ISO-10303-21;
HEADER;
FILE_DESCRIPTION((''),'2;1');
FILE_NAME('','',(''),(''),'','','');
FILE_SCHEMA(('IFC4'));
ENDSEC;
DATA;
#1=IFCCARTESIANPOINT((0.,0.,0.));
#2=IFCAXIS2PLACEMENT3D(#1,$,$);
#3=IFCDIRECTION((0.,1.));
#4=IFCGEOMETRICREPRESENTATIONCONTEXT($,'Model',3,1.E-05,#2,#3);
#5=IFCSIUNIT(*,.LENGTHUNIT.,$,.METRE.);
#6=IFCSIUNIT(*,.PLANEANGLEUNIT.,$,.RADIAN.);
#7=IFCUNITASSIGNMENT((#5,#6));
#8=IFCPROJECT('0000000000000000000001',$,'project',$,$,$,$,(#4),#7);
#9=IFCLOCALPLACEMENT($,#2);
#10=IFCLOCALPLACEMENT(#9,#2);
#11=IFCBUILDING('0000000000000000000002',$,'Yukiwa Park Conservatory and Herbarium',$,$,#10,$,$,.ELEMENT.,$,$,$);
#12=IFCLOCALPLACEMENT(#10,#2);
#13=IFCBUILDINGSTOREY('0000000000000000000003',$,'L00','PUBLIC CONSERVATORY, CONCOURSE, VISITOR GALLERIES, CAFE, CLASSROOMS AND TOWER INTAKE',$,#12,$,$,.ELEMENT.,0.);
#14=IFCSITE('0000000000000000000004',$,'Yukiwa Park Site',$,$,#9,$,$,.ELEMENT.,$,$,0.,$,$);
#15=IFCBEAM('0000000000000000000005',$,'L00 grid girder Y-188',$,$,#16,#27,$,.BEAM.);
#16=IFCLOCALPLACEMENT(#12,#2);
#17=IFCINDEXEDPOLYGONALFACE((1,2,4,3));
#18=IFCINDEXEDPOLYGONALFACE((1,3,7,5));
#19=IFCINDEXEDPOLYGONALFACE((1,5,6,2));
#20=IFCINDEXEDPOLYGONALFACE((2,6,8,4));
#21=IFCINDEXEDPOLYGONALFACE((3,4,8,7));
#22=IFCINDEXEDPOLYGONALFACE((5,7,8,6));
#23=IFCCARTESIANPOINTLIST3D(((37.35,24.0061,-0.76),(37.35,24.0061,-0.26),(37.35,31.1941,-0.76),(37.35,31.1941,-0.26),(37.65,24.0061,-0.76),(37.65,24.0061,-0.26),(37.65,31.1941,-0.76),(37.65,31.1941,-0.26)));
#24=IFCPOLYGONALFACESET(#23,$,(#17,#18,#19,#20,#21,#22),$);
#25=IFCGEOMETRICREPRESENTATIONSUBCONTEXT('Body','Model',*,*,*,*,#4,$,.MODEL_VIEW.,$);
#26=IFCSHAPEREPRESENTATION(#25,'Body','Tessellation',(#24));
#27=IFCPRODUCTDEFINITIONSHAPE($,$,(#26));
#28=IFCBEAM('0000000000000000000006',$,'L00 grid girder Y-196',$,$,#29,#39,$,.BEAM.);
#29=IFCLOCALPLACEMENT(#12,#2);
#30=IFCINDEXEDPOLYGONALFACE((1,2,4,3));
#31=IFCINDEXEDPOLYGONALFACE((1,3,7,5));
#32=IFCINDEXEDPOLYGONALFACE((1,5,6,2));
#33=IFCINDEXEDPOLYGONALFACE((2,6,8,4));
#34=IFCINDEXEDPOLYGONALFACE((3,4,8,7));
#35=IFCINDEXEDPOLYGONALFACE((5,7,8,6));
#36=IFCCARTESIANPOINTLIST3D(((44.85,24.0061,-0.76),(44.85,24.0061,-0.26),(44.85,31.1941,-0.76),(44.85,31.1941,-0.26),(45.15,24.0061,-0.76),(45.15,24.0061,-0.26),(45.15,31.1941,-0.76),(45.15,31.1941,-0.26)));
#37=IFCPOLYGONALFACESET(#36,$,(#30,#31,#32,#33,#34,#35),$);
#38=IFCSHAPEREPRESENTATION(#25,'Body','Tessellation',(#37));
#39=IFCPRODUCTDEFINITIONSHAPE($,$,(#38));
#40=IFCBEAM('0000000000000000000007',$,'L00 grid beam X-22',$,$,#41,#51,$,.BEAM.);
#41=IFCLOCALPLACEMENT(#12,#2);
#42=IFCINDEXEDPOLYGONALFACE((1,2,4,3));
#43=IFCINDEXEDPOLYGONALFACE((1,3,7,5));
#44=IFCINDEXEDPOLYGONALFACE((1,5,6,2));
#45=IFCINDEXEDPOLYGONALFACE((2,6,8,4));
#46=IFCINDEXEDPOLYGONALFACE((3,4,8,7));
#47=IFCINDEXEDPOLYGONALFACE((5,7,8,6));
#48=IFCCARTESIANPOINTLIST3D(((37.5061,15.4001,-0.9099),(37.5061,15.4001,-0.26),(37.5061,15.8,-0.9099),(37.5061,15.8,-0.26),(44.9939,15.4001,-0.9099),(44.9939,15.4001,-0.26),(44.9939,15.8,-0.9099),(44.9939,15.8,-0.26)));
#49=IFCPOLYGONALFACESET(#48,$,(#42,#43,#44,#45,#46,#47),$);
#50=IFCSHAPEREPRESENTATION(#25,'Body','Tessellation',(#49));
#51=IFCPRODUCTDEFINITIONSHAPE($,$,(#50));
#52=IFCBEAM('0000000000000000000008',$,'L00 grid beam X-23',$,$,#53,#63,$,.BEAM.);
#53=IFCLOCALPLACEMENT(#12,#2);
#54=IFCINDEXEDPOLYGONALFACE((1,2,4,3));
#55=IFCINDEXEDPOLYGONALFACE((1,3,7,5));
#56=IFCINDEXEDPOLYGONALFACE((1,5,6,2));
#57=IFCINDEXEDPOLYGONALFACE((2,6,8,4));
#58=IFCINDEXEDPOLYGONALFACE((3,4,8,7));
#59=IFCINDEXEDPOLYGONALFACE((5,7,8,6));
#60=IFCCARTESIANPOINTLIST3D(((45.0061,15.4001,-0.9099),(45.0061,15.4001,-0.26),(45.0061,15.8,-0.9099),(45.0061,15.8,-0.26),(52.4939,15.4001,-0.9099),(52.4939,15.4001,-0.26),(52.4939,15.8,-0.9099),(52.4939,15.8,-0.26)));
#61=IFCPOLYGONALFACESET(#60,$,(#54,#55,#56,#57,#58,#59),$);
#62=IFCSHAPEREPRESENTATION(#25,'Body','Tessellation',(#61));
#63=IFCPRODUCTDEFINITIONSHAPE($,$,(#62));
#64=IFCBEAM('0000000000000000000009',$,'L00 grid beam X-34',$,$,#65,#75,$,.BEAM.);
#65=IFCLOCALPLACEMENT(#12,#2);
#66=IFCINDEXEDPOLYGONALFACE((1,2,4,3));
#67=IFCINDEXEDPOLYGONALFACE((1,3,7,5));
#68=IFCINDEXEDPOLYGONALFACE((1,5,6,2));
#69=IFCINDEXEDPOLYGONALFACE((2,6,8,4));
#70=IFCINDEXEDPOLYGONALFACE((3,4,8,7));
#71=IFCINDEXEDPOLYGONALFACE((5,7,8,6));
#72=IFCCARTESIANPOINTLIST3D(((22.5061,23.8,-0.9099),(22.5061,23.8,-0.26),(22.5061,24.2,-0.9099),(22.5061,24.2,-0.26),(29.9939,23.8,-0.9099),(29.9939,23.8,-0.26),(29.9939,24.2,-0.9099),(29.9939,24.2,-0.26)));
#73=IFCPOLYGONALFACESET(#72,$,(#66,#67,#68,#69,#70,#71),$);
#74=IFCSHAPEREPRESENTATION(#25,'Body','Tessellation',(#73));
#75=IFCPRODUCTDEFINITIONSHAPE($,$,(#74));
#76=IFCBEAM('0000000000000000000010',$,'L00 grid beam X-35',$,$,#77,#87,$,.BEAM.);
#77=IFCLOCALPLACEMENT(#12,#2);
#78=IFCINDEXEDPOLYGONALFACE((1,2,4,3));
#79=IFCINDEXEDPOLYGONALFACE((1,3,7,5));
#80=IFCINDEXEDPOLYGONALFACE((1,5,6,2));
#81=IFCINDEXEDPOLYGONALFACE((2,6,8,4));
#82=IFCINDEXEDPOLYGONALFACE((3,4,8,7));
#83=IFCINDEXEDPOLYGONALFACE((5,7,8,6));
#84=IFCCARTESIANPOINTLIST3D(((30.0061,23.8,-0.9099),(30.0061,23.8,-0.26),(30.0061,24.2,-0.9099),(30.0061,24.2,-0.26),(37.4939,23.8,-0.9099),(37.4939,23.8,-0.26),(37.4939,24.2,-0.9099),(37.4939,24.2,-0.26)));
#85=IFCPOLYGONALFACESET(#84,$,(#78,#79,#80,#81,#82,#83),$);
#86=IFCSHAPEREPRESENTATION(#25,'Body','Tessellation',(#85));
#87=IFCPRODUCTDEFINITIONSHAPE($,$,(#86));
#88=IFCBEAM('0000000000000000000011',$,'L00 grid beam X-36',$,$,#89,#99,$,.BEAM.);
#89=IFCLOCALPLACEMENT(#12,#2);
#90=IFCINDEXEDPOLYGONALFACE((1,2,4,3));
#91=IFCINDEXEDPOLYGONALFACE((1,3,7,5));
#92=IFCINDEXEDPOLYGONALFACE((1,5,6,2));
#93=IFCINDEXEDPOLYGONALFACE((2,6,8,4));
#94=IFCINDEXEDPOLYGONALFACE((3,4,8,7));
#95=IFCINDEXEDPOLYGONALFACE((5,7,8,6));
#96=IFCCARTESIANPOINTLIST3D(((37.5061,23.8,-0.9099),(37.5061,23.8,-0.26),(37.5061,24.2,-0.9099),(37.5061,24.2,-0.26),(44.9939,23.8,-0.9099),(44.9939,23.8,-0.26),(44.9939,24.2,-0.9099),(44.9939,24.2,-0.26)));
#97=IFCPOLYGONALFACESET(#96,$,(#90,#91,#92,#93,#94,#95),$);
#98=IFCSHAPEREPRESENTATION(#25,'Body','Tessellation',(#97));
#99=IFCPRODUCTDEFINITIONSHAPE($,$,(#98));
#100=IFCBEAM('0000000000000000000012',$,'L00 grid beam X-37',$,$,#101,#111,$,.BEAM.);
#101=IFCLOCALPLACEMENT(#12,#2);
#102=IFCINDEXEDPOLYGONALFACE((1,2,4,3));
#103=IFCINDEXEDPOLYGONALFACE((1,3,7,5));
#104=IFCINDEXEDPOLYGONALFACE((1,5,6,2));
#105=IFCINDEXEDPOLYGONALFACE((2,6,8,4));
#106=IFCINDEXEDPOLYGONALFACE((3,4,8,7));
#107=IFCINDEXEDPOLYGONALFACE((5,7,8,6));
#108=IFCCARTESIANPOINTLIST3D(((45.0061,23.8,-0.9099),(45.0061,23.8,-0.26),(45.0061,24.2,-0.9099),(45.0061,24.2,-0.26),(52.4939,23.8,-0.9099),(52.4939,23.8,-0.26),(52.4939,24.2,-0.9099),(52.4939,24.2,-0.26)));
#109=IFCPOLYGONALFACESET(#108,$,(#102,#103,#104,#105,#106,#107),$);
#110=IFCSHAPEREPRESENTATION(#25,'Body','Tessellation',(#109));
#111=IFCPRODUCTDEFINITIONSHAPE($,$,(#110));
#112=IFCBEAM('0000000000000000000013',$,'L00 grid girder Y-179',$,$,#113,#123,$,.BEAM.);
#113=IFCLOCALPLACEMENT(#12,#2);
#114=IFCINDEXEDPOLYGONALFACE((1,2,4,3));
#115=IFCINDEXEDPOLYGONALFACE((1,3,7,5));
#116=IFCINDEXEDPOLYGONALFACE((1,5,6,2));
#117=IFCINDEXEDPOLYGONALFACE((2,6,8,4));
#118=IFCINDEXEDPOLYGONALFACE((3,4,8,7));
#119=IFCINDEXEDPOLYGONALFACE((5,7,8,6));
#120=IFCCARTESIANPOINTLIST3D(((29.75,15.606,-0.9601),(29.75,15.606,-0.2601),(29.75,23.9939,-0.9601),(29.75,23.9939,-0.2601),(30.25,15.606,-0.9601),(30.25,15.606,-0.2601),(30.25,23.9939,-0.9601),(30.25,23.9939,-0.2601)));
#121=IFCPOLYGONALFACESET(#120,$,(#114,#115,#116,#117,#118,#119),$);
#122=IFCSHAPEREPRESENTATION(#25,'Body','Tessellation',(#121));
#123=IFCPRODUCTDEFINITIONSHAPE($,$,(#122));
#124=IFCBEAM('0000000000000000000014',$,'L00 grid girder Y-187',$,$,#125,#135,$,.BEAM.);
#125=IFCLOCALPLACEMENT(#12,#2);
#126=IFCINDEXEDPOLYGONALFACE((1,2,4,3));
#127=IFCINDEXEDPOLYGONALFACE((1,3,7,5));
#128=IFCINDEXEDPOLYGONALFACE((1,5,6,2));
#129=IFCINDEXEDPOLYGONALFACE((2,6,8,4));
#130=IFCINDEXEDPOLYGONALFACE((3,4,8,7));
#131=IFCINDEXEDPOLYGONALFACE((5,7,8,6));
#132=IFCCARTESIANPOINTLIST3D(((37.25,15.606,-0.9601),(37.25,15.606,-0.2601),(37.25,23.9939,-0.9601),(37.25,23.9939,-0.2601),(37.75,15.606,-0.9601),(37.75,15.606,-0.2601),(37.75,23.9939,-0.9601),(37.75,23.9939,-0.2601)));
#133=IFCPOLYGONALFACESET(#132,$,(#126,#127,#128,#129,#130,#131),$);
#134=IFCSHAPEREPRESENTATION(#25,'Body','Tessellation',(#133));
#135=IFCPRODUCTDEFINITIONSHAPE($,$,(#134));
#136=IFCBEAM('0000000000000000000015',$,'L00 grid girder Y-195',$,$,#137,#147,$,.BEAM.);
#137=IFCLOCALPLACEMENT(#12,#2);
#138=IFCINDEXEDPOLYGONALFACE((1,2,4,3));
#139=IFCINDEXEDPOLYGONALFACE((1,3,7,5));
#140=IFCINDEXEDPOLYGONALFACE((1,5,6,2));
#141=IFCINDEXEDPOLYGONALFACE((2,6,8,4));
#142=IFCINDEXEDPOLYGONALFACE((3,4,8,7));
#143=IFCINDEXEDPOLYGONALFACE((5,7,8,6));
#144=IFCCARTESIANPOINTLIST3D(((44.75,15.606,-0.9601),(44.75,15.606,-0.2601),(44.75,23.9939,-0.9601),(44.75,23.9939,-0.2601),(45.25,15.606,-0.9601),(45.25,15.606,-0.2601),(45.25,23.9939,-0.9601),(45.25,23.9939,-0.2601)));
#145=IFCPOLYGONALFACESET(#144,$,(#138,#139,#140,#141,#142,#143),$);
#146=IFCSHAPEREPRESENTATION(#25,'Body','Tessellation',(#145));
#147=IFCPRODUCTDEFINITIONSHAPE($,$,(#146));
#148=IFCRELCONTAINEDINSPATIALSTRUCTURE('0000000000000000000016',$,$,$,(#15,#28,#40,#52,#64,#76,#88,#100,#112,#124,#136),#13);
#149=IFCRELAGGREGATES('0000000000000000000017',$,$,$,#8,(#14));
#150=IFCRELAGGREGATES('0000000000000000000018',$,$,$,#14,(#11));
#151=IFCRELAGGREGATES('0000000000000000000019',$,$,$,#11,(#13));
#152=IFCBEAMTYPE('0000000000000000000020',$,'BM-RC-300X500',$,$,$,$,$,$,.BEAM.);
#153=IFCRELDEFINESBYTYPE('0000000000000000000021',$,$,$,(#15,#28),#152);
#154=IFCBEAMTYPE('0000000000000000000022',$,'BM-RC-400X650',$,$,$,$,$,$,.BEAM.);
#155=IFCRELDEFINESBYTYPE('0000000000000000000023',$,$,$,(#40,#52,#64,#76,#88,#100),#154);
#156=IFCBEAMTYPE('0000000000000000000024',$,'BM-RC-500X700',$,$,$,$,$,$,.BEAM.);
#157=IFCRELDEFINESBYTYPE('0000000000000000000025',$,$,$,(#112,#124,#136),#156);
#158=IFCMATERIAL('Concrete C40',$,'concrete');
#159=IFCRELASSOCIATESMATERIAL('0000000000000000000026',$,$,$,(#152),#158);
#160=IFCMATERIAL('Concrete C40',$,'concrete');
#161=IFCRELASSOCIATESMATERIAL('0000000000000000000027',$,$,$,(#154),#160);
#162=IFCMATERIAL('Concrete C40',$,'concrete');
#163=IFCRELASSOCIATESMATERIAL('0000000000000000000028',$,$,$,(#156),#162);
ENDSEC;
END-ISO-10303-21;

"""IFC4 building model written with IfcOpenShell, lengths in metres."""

from ifc_helpers import new_model, si_unit, direction, frame, origin, origin_2d, place, context, subcontext, project, spatial, rectangle, extrude, material, material_profile, profile_set, type_object, element, save


model = new_model("IFC4")

# Units and contexts
model_context = context("Model", 3, precision=1e-05, world=origin(), true_north=direction((0.0, 1.0)))
body_context = subcontext(model_context, "Body", "Model", "MODEL_VIEW")
ifc_project = project(units=[si_unit("LENGTHUNIT", "METRE"), si_unit("PLANEANGLEUNIT", "RADIAN")], contexts=[model_context])

# Site, building, storey
site_placement = place(None, origin())
site = spatial("IfcSite", under=ifc_project, at=site_placement, Name="Yukiwa Park Site", CompositionType="ELEMENT", RefElevation=0.0)
building_placement = place(site_placement, origin())
building = spatial("IfcBuilding", under=site, at=building_placement, Name="Yukiwa Park Conservatory and Herbarium", CompositionType="ELEMENT")
storey_placement = place(building_placement, origin())
storey = spatial("IfcBuildingStorey", under=building, at=storey_placement, Name="L00", Description="PUBLIC CONSERVATORY, CONCOURSE, VISITOR GALLERIES, CAFE, CLASSROOMS AND TOWER INTAKE", CompositionType="ELEMENT", Elevation=0.0)

# Beams
ifc_material_1 = material(Name="Concrete C40", Category="concrete")
ifc_material_profile_1 = material_profile(ifc_material_1, rectangle(XDim=0.3, YDim=0.5, at=origin_2d()), Name="RC 300x500")
ifc_profile_set_1 = profile_set([ifc_material_profile_1], Name="Concrete C40")
beam_type_1 = type_object("IfcBeamType", Name="BM-RC-300X500", PredefinedType="BEAM", material=ifc_profile_set_1)
for number, where, z_axis, x_axis, name in (
    (1, (37.5, 24.0061, -0.51), (0.0, 1.0, 0.0), (-1.0, 0.0, 0.0), "L00 grid girder Y-188"),
    (2, (45.0, 24.0061, -0.51), (0.0, 1.0, 0.0), (-1.0, 0.0, 0.0), "L00 grid girder Y-196"),
):
    element("IfcBeam", number, at=place(storey_placement, frame(where, z_axis=z_axis, x_axis=x_axis)), inside=storey, type_object=beam_type_1, Name=name, PredefinedType="BEAM", context=body_context, shape_type="SweptSolid", body=[
        extrude(rectangle(XDim=0.3, YDim=0.5, at=origin_2d()), origin(), (0.0, 0.0, 1.0), 7.188),
    ])
ifc_material_2 = material(Name="Concrete C40", Category="concrete")
ifc_material_profile_2 = material_profile(ifc_material_2, rectangle(XDim=0.3999, YDim=0.6499, at=origin_2d()), Name="RC 400x650")
ifc_profile_set_2 = profile_set([ifc_material_profile_2], Name="Concrete C40")
beam_type_2 = type_object("IfcBeamType", Name="BM-RC-400X650", PredefinedType="BEAM", material=ifc_profile_set_2)
for number, where, z_axis, x_axis, name in (
    (3, (37.5061, 15.6001, -0.585), (1.0, 0.0, 0.0), (0.0, 1.0, 0.0), "L00 grid beam X-22"),
    (4, (45.0061, 15.6001, -0.585), (1.0, 0.0, 0.0), (0.0, 1.0, 0.0), "L00 grid beam X-23"),
    (5, (22.5061, 24.0, -0.585), (1.0, 0.0, 0.0), (0.0, 1.0, 0.0), "L00 grid beam X-34"),
    (6, (30.0061, 24.0, -0.585), (1.0, 0.0, 0.0), (0.0, 1.0, 0.0), "L00 grid beam X-35"),
    (7, (37.5061, 24.0, -0.585), (1.0, 0.0, 0.0), (0.0, 1.0, 0.0), "L00 grid beam X-36"),
    (8, (45.0061, 24.0, -0.585), (1.0, 0.0, 0.0), (0.0, 1.0, 0.0), "L00 grid beam X-37"),
):
    element("IfcBeam", number, at=place(storey_placement, frame(where, z_axis=z_axis, x_axis=x_axis)), inside=storey, type_object=beam_type_2, Name=name, PredefinedType="BEAM", context=body_context, shape_type="SweptSolid", body=[
        extrude(rectangle(XDim=0.3999, YDim=0.6499, at=origin_2d()), origin(), (0.0, 0.0, 1.0), 7.4878),
    ])
ifc_material_3 = material(Name="Concrete C40", Category="concrete")
ifc_material_profile_3 = material_profile(ifc_material_3, rectangle(XDim=0.5, YDim=0.7, at=origin_2d()), Name="RC 500x700")
ifc_profile_set_3 = profile_set([ifc_material_profile_3], Name="Concrete C40")
beam_type_3 = type_object("IfcBeamType", Name="BM-RC-500X700", PredefinedType="BEAM", material=ifc_profile_set_3)
for number, where, z_axis, x_axis, name in (
    (9, (30.0, 15.606, -0.6101), (0.0, 1.0, 0.0), (-1.0, 0.0, 0.0), "L00 grid girder Y-179"),
    (10, (37.5, 15.606, -0.6101), (0.0, 1.0, 0.0), (-1.0, 0.0, 0.0), "L00 grid girder Y-187"),
    (11, (45.0, 15.606, -0.6101), (0.0, 1.0, 0.0), (-1.0, 0.0, 0.0), "L00 grid girder Y-195"),
):
    element("IfcBeam", number, at=place(storey_placement, frame(where, z_axis=z_axis, x_axis=x_axis)), inside=storey, type_object=beam_type_3, Name=name, PredefinedType="BEAM", context=body_context, shape_type="SweptSolid", body=[
        extrude(rectangle(XDim=0.5, YDim=0.7, at=origin_2d()), origin(), (0.0, 0.0, 1.0), 8.3879),
    ])

save(model, "model.ifc")
